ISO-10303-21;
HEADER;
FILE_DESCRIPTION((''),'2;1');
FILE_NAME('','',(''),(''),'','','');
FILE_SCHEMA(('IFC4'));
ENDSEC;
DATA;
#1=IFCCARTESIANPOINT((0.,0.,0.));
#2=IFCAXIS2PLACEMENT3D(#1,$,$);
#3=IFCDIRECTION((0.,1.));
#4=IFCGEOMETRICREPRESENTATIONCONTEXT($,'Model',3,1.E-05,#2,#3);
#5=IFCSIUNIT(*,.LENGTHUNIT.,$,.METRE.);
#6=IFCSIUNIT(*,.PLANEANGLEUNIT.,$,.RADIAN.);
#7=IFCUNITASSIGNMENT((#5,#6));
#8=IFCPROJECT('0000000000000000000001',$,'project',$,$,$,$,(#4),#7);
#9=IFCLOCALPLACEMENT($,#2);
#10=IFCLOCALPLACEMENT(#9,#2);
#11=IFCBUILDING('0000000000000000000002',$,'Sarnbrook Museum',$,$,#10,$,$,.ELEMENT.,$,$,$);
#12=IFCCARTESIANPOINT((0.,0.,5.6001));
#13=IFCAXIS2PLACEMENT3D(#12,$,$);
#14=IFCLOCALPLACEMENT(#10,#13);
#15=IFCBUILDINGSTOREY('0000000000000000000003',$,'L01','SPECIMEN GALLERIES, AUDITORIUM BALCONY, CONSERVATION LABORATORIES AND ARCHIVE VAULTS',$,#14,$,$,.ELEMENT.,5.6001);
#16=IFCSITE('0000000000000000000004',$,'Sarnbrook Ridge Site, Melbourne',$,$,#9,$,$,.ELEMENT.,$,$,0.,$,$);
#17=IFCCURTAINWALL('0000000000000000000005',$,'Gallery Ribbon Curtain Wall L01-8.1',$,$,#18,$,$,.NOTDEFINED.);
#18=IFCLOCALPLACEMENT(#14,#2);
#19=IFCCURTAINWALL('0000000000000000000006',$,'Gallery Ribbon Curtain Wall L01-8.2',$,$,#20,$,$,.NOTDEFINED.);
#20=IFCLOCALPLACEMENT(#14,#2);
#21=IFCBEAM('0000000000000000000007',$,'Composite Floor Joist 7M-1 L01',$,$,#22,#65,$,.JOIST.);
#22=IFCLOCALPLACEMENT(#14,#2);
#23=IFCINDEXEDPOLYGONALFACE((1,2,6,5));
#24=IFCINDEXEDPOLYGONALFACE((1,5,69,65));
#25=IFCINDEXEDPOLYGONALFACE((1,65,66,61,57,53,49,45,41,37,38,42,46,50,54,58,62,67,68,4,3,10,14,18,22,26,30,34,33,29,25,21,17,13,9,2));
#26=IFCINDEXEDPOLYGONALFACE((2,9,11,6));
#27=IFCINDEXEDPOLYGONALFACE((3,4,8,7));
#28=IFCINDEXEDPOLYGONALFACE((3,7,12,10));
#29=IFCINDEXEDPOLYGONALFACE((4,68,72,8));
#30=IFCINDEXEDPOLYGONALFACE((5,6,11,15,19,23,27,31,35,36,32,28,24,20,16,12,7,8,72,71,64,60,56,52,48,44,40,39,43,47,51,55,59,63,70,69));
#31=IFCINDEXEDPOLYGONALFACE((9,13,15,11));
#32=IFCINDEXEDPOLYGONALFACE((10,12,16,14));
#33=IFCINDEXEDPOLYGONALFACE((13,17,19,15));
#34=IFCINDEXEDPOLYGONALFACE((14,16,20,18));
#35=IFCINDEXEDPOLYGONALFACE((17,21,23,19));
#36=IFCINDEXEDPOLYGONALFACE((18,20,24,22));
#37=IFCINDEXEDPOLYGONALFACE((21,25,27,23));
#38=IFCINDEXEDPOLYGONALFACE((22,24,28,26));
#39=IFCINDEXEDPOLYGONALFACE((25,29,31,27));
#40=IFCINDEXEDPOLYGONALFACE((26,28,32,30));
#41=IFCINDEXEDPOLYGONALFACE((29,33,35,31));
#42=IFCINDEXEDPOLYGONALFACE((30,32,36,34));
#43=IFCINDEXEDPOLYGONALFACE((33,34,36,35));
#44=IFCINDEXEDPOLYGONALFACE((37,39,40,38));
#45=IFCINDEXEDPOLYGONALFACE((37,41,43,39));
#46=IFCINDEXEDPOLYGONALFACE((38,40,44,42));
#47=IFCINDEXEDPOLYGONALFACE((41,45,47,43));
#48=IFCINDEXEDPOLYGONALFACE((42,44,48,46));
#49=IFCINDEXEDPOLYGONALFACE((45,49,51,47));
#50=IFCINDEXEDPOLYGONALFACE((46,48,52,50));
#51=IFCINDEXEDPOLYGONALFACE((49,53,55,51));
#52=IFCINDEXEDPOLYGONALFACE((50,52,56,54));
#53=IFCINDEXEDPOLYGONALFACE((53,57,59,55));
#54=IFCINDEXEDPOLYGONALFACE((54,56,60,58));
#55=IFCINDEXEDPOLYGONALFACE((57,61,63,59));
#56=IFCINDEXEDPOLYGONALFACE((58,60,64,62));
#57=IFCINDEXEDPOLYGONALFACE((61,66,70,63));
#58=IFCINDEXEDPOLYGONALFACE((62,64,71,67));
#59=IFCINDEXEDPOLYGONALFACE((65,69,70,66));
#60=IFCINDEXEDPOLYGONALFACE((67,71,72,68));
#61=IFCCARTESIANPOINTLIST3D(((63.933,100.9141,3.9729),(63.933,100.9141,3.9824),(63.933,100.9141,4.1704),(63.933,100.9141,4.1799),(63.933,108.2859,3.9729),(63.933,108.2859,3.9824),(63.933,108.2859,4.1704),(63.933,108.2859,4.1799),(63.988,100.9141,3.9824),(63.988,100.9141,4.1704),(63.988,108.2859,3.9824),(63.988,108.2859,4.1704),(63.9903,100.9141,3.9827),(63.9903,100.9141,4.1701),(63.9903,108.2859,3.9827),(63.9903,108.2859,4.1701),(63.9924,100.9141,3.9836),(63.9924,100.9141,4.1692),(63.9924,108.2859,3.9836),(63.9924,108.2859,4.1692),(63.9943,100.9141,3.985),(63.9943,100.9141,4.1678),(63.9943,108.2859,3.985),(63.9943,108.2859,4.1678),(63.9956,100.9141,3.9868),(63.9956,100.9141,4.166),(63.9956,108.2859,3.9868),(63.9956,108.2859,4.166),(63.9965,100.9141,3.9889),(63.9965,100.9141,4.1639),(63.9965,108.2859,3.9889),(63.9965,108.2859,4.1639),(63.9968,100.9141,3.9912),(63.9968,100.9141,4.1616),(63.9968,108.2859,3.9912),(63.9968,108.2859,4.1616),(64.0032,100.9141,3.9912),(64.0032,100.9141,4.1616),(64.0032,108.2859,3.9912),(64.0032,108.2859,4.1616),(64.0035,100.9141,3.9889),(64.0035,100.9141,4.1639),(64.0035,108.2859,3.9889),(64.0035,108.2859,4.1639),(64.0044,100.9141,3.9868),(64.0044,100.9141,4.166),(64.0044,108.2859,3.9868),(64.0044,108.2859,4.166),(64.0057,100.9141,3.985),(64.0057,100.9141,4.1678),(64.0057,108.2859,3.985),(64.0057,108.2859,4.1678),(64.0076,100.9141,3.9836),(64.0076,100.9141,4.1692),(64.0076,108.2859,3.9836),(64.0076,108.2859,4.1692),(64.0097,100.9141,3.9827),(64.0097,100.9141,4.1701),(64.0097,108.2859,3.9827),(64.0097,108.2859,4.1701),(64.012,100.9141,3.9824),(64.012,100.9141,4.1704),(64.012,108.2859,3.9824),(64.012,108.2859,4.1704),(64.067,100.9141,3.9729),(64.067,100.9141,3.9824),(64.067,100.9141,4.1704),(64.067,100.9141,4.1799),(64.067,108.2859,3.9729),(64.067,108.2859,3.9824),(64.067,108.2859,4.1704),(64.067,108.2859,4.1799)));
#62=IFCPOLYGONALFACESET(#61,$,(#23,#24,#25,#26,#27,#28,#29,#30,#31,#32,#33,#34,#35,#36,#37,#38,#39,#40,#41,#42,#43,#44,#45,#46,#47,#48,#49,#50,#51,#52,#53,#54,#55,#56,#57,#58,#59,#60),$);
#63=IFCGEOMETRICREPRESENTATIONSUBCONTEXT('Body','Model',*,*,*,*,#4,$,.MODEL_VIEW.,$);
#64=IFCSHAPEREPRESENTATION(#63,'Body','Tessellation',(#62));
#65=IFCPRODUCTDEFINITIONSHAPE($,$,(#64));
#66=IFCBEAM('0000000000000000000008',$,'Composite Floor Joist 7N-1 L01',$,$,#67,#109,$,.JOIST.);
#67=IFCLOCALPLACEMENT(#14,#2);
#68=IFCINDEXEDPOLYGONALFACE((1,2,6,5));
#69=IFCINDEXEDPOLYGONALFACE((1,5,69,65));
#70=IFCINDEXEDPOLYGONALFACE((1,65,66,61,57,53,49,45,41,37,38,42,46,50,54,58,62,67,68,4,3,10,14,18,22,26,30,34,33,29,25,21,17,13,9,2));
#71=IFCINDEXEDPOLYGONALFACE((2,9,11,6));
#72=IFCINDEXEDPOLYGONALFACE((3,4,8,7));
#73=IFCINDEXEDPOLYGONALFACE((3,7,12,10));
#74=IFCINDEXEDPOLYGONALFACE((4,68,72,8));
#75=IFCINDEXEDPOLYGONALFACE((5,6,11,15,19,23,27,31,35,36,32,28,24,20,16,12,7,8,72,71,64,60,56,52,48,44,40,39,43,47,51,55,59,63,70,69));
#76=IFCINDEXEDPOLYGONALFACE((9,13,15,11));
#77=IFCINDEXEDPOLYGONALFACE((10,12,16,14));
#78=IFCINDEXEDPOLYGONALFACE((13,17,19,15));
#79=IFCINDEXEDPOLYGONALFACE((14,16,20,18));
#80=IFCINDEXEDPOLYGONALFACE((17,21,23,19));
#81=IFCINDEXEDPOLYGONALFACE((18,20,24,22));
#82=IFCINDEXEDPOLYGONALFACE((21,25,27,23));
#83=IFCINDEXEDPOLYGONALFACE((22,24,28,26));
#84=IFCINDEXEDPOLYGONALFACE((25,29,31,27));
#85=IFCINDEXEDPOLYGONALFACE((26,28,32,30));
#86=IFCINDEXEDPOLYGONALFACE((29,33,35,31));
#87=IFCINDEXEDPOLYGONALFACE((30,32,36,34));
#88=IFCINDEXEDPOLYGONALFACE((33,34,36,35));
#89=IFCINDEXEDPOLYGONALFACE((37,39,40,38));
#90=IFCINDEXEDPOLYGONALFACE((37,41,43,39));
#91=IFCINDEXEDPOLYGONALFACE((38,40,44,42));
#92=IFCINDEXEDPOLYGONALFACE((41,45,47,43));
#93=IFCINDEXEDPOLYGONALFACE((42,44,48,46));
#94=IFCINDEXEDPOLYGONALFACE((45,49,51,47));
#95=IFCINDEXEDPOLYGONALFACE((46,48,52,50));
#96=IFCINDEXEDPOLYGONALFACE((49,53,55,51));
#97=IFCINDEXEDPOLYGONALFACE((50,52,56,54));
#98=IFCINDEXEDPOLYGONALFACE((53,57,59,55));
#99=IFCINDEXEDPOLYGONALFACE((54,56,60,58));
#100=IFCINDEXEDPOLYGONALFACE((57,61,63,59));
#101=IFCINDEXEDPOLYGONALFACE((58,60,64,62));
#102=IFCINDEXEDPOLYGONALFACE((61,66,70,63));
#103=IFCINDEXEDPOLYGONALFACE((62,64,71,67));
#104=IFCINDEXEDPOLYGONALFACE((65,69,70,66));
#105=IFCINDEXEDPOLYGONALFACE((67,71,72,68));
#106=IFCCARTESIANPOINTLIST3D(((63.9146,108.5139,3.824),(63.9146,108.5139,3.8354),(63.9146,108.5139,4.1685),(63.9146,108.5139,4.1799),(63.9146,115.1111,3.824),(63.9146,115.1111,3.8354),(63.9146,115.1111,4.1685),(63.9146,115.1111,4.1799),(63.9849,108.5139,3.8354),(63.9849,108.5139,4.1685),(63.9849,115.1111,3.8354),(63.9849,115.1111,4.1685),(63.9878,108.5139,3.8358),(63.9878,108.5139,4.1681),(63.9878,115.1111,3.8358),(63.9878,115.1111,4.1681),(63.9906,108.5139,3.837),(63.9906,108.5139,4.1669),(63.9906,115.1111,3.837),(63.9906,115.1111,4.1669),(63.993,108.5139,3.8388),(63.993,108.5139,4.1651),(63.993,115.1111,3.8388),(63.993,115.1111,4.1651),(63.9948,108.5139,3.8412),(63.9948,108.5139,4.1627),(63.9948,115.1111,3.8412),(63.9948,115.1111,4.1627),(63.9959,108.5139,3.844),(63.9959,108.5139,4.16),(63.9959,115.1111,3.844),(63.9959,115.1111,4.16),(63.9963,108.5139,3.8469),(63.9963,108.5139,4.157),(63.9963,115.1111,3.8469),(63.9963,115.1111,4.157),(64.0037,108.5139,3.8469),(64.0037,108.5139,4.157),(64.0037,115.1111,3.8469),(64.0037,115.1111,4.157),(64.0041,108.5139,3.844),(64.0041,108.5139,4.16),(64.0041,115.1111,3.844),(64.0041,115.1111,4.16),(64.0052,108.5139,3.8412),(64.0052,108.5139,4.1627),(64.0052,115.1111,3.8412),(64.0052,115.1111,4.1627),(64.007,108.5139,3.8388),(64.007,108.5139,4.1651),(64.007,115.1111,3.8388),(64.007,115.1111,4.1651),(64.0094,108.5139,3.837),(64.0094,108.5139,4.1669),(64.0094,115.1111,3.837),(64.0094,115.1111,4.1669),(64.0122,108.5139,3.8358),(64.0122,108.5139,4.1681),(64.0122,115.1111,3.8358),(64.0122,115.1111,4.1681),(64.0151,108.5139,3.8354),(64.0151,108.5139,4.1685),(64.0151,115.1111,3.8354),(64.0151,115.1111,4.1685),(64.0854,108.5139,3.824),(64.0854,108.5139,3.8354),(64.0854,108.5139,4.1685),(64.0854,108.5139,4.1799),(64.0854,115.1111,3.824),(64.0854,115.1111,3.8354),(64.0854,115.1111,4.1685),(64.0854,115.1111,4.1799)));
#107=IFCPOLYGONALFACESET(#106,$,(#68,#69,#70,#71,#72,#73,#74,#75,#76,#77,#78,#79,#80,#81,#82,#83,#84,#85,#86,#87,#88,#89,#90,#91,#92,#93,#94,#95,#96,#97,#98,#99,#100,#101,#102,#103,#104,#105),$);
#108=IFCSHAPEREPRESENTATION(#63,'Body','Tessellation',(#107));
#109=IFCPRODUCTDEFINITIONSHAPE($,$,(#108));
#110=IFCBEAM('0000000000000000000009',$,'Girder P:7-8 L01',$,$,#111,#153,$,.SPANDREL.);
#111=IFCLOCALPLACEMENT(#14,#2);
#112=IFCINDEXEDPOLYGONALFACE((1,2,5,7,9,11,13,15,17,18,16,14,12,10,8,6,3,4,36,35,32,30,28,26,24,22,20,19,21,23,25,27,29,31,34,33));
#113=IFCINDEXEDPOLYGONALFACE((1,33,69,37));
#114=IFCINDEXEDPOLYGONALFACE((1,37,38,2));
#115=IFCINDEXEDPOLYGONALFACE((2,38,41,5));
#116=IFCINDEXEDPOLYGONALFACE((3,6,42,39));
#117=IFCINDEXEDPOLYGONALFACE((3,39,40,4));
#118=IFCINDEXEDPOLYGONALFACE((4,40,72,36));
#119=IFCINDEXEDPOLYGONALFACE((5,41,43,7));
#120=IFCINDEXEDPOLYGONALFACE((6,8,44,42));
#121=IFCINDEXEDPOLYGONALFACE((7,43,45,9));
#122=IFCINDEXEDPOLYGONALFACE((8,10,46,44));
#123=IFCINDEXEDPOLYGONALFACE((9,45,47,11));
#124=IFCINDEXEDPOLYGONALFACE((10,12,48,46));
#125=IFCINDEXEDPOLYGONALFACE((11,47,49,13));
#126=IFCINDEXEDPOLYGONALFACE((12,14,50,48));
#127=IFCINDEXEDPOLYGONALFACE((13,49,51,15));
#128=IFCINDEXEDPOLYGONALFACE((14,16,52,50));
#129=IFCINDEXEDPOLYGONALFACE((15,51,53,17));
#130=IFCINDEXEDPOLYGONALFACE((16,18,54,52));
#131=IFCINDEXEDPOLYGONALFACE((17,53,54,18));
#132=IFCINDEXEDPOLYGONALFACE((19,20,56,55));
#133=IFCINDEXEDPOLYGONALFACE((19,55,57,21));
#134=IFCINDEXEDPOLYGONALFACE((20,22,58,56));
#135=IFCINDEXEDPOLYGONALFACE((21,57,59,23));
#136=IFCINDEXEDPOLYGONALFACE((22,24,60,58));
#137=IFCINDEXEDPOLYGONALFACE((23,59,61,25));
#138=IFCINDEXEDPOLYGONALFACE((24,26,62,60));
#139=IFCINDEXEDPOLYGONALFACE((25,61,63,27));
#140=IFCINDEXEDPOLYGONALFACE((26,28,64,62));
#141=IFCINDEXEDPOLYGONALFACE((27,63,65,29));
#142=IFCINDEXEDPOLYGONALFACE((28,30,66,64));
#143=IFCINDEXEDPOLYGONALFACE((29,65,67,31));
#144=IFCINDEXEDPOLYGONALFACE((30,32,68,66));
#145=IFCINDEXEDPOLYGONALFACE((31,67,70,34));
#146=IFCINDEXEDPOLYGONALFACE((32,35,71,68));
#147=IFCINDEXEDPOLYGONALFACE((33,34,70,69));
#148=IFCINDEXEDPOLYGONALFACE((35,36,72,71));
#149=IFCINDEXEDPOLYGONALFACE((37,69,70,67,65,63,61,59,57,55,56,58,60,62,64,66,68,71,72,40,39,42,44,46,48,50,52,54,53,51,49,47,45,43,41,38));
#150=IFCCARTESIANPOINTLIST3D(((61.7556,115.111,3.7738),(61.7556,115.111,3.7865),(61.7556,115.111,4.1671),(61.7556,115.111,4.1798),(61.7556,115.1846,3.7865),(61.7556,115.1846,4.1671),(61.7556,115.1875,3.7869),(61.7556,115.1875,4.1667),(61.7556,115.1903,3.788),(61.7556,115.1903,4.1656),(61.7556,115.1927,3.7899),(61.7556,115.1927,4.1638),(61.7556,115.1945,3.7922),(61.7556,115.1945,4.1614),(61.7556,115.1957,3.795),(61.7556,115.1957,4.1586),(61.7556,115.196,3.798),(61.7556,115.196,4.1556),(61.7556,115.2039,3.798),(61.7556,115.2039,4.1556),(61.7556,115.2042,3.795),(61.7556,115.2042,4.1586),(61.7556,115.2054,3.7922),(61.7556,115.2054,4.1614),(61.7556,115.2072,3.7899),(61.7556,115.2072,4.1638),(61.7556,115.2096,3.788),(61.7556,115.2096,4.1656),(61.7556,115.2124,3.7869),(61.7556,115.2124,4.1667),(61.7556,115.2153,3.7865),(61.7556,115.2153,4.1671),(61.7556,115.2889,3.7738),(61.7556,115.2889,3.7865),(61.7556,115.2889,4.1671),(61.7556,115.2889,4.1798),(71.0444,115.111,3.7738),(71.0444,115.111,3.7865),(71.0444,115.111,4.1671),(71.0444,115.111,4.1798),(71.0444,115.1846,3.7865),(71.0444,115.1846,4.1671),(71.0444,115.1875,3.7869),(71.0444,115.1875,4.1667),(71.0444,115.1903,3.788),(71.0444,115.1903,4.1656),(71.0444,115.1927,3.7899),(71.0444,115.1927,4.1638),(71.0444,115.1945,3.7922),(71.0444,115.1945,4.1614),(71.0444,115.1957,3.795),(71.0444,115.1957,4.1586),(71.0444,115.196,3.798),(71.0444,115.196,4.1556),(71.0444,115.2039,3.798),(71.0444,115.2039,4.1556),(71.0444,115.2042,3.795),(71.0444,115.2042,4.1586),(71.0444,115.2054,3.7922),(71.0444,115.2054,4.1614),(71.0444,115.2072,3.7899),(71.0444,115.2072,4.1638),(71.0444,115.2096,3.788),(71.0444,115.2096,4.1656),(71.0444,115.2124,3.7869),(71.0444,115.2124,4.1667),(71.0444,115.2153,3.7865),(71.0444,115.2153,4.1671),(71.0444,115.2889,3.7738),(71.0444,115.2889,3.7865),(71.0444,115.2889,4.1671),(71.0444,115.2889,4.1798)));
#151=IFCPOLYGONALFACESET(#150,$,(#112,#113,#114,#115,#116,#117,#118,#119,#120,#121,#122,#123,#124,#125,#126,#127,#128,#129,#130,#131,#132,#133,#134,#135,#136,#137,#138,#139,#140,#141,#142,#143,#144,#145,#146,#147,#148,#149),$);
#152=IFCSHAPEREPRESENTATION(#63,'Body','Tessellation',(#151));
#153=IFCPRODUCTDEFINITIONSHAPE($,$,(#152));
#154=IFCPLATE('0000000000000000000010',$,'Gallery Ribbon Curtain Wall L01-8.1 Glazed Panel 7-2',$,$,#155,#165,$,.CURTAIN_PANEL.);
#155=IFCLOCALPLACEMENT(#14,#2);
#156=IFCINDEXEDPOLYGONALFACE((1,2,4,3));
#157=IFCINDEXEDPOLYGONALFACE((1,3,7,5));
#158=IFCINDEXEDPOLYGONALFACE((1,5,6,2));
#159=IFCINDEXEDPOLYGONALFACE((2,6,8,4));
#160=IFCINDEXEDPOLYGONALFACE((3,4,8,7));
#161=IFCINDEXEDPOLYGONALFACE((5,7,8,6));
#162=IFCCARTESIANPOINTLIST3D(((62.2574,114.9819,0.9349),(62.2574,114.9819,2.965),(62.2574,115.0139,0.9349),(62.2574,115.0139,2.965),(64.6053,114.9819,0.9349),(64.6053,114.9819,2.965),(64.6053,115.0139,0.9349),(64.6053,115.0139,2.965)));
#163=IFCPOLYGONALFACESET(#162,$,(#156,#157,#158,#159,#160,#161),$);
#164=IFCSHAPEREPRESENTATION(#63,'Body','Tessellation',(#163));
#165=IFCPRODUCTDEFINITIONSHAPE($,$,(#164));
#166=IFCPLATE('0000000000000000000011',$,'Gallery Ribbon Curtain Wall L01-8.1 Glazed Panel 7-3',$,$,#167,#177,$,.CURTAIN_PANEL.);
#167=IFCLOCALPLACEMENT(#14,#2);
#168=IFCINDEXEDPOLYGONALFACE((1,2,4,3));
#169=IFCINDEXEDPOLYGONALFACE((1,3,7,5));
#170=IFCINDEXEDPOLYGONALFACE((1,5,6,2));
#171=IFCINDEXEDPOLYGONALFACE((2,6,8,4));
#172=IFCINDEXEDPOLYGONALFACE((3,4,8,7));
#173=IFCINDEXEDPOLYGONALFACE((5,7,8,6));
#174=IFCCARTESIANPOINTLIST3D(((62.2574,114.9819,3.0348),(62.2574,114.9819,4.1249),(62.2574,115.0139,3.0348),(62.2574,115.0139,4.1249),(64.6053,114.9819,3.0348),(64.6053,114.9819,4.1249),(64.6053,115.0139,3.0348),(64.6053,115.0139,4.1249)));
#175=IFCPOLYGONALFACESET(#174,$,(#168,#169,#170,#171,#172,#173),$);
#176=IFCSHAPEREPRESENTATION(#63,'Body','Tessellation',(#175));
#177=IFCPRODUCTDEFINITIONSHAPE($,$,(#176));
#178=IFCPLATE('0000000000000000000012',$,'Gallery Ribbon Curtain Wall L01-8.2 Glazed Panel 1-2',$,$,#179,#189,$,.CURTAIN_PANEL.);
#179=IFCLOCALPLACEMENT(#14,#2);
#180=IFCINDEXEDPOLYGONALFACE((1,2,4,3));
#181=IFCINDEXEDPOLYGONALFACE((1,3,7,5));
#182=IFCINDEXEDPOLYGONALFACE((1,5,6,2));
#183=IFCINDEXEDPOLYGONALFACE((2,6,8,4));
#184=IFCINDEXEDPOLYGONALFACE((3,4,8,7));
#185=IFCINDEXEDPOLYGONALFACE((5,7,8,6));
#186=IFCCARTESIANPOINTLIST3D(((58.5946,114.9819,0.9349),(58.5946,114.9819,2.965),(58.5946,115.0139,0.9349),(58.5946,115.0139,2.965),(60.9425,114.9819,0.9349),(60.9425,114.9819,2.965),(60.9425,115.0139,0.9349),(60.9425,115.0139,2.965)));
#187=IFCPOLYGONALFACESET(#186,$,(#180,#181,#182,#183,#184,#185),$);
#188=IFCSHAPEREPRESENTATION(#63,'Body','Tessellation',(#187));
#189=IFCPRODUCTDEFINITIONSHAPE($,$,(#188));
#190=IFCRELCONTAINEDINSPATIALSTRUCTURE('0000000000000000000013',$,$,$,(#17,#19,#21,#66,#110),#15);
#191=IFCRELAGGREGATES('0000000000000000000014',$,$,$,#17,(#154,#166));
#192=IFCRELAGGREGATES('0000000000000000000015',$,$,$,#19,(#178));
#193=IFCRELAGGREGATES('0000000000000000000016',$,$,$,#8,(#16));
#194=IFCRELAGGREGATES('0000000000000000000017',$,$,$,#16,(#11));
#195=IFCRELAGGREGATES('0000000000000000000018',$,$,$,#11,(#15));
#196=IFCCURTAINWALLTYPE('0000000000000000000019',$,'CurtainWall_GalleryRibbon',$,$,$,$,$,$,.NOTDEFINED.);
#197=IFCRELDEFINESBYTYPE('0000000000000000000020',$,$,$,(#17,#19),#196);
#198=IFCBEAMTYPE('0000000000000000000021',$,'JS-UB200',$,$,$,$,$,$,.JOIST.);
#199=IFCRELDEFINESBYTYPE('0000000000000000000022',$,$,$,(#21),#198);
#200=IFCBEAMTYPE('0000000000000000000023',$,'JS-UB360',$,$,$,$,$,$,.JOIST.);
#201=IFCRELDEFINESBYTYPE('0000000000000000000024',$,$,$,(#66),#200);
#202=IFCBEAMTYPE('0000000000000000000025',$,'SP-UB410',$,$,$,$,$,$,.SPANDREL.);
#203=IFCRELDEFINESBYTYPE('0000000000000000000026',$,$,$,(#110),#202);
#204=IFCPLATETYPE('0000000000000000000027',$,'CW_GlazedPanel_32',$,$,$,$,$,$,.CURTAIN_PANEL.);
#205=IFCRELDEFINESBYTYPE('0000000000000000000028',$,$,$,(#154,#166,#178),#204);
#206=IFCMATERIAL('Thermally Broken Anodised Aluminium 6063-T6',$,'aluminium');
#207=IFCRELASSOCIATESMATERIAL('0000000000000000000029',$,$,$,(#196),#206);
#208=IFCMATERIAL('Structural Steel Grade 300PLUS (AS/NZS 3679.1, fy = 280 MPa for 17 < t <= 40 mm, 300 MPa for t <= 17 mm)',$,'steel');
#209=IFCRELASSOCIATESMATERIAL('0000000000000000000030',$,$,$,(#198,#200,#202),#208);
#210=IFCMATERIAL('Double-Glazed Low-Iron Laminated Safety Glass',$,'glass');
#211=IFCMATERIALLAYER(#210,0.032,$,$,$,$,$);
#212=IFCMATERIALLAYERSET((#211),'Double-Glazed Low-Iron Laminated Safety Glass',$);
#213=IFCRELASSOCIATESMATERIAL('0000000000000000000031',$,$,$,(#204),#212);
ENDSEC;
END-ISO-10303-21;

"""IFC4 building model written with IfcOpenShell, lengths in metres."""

from ifc_helpers import new_model, si_unit, direction, frame, origin, origin_2d, place, context, subcontext, project, spatial, rectangle, i_section, extrude, material, layer, layer_set, material_profile, profile_set, type_object, element, aggregate, save


model = new_model("IFC4")

# Units and contexts
model_context = context("Model", 3, precision=1e-05, world=origin(), true_north=direction((0.0, 1.0)))
body_context = subcontext(model_context, "Body", "Model", "MODEL_VIEW")
ifc_project = project(units=[si_unit("LENGTHUNIT", "METRE"), si_unit("PLANEANGLEUNIT", "RADIAN")], contexts=[model_context])

# Site, building, storey
site_placement = place(None, origin())
site = spatial("IfcSite", under=ifc_project, at=site_placement, Name="Sarnbrook Ridge Site, Melbourne", CompositionType="ELEMENT", RefElevation=0.0)
building_placement = place(site_placement, origin())
building = spatial("IfcBuilding", under=site, at=building_placement, Name="Sarnbrook Museum", CompositionType="ELEMENT")
storey_placement = place(building_placement, frame((0.0, 0.0, 5.6001)))
storey = spatial("IfcBuildingStorey", under=building, at=storey_placement, Name="L01", Description="SPECIMEN GALLERIES, AUDITORIUM BALCONY, CONSERVATION LABORATORIES AND ARCHIVE VAULTS", CompositionType="ELEMENT", Elevation=5.6001)

# Shared definitions
ifc_material_1 = material(Name="Structural Steel Grade 300PLUS (AS/NZS 3679.1, fy = 280 MPa for 17 < t <= 40 mm, 300 MPa for t <= 17 mm)", Category="steel")

# Curtain wall
ifc_material_2 = material(Name="Thermally Broken Anodised Aluminium 6063-T6", Category="aluminium")
curtain_wall_type = type_object("IfcCurtainWallType", Name="CurtainWall_GalleryRibbon", PredefinedType="NOTDEFINED", material=ifc_material_2)
curtain_wall_1_placement = place(storey_placement, origin())
curtain_wall_1 = element("IfcCurtainWall", 1, at=curtain_wall_1_placement, inside=storey, type_object=curtain_wall_type, Name="Gallery Ribbon Curtain Wall L01-8.1", PredefinedType="NOTDEFINED")

# Curtain wall
curtain_wall_2_placement = place(storey_placement, origin())
curtain_wall_2 = element("IfcCurtainWall", 2, at=curtain_wall_2_placement, inside=storey, type_object=curtain_wall_type, Name="Gallery Ribbon Curtain Wall L01-8.2", PredefinedType="NOTDEFINED")

# Beams
ifc_material_profile_1 = material_profile(ifc_material_1, i_section(OverallWidth=0.134, OverallDepth=0.207, WebThickness=0.0063, FlangeThickness=0.0095, FilletRadius=0.0088, at=origin_2d()), Name="200UB29.8")
ifc_profile_set_1 = profile_set([ifc_material_profile_1], Name="Structural Steel Grade 300PLUS (AS/NZS 3679.1, fy = 280 MPa for 17 < t <= 40 mm, 300 MPa for t <= 17 mm)")
beam_type_1 = type_object("IfcBeamType", Name="JS-UB200", PredefinedType="JOIST", material=ifc_profile_set_1)
beam_1_placement = place(storey_placement, frame((64.0, 100.9141, 4.0764), z_axis=(0.0, 1.0, 0.0), x_axis=(-1.0, 0.0, 0.0)))
element("IfcBeam", 3, at=beam_1_placement, inside=storey, type_object=beam_type_1, Name="Composite Floor Joist 7M-1 L01", PredefinedType="JOIST", context=body_context, shape_type="SweptSolid", body=[
    extrude(i_section(OverallWidth=0.134, OverallDepth=0.207, WebThickness=0.0063, FlangeThickness=0.0095, FilletRadius=0.0088, at=origin_2d()), origin(), (0.0, 0.0, 1.0), 7.3718),
])
ifc_material_profile_2 = material_profile(ifc_material_1, i_section(OverallWidth=0.1709, OverallDepth=0.356, WebThickness=0.0073, FlangeThickness=0.0115, FilletRadius=0.0115, at=origin_2d()), Name="360UB50.7")
ifc_profile_set_2 = profile_set([ifc_material_profile_2], Name="Structural Steel Grade 300PLUS (AS/NZS 3679.1, fy = 280 MPa for 17 < t <= 40 mm, 300 MPa for t <= 17 mm)")
beam_type_2 = type_object("IfcBeamType", Name="JS-UB360", PredefinedType="JOIST", material=ifc_profile_set_2)
beam_2_placement = place(storey_placement, frame((64.0, 108.5139, 4.002), z_axis=(0.0, 1.0, 0.0), x_axis=(-1.0, 0.0, 0.0)))
element("IfcBeam", 4, at=beam_2_placement, inside=storey, type_object=beam_type_2, Name="Composite Floor Joist 7N-1 L01", PredefinedType="JOIST", context=body_context, shape_type="SweptSolid", body=[
    extrude(i_section(OverallWidth=0.1709, OverallDepth=0.356, WebThickness=0.0073, FlangeThickness=0.0115, FilletRadius=0.0115, at=origin_2d()), origin(), (0.0, 0.0, 1.0), 6.5972),
])
ifc_material_profile_3 = material_profile(ifc_material_1, i_section(OverallWidth=0.178, OverallDepth=0.406, WebThickness=0.0078, FlangeThickness=0.0127, FilletRadius=0.0115, at=origin_2d()), Name="410UB59.7")
ifc_profile_set_3 = profile_set([ifc_material_profile_3], Name="Structural Steel Grade 300PLUS (AS/NZS 3679.1, fy = 280 MPa for 17 < t <= 40 mm, 300 MPa for t <= 17 mm)")
beam_type_3 = type_object("IfcBeamType", Name="SP-UB410", PredefinedType="SPANDREL", material=ifc_profile_set_3)
beam_3_placement = place(storey_placement, frame((61.7556, 115.2, 3.9768), z_axis=(1.0, 0.0, 0.0), x_axis=(0.0, 1.0, 0.0)))
element("IfcBeam", 5, at=beam_3_placement, inside=storey, type_object=beam_type_3, Name="Girder P:7-8 L01", PredefinedType="SPANDREL", context=body_context, shape_type="SweptSolid", body=[
    extrude(i_section(OverallWidth=0.178, OverallDepth=0.406, WebThickness=0.0078, FlangeThickness=0.0127, FilletRadius=0.0115, at=origin_2d()), origin(), (0.0, 0.0, 1.0), 9.2888),
])

# Plates
ifc_material_3 = material(Name="Double-Glazed Low-Iron Laminated Safety Glass", Category="glass")
ifc_layer_1 = layer(ifc_material_3, 0.032)
ifc_layer_set_1 = layer_set([ifc_layer_1], Name="Double-Glazed Low-Iron Laminated Safety Glass")
plate_type_1 = type_object("IfcPlateType", Name="CW_GlazedPanel_32", PredefinedType="CURTAIN_PANEL", material=ifc_layer_set_1)
plate_1_placement = place(storey_placement, frame((63.4314, 114.9819, 1.95), z_axis=(0.0, 1.0, 0.0), x_axis=(-1.0, 0.0, 0.0)))
plate_1 = element("IfcPlate", 6, at=plate_1_placement, type_object=plate_type_1, Name="Gallery Ribbon Curtain Wall L01-8.1 Glazed Panel 7-2", PredefinedType="CURTAIN_PANEL", context=body_context, shape_type="SweptSolid", body=[
    extrude(rectangle(XDim=2.3479, YDim=2.03, at=origin_2d()), origin(), (0.0, 0.0, 1.0), 0.032),
])
plate_2_placement = place(storey_placement, frame((63.4314, 114.9819, 3.5798), z_axis=(0.0, 1.0, 0.0), x_axis=(-1.0, 0.0, 0.0)))
plate_2 = element("IfcPlate", 7, at=plate_2_placement, type_object=plate_type_1, Name="Gallery Ribbon Curtain Wall L01-8.1 Glazed Panel 7-3", PredefinedType="CURTAIN_PANEL", context=body_context, shape_type="SweptSolid", body=[
    extrude(rectangle(XDim=2.3479, YDim=1.0901, at=origin_2d()), origin(), (0.0, 0.0, 1.0), 0.032),
])
plate_3_placement = place(storey_placement, frame((59.7686, 114.9819, 1.95), z_axis=(0.0, 1.0, 0.0), x_axis=(-1.0, 0.0, 0.0)))
plate_3 = element("IfcPlate", 8, at=plate_3_placement, type_object=plate_type_1, Name="Gallery Ribbon Curtain Wall L01-8.2 Glazed Panel 1-2", PredefinedType="CURTAIN_PANEL", context=body_context, shape_type="SweptSolid", body=[
    extrude(rectangle(XDim=2.3479, YDim=2.03, at=origin_2d()), origin(), (0.0, 0.0, 1.0), 0.032),
])
aggregate(curtain_wall_1, [plate_1, plate_2])
aggregate(curtain_wall_2, [plate_3])

save(model, "model.ifc")
